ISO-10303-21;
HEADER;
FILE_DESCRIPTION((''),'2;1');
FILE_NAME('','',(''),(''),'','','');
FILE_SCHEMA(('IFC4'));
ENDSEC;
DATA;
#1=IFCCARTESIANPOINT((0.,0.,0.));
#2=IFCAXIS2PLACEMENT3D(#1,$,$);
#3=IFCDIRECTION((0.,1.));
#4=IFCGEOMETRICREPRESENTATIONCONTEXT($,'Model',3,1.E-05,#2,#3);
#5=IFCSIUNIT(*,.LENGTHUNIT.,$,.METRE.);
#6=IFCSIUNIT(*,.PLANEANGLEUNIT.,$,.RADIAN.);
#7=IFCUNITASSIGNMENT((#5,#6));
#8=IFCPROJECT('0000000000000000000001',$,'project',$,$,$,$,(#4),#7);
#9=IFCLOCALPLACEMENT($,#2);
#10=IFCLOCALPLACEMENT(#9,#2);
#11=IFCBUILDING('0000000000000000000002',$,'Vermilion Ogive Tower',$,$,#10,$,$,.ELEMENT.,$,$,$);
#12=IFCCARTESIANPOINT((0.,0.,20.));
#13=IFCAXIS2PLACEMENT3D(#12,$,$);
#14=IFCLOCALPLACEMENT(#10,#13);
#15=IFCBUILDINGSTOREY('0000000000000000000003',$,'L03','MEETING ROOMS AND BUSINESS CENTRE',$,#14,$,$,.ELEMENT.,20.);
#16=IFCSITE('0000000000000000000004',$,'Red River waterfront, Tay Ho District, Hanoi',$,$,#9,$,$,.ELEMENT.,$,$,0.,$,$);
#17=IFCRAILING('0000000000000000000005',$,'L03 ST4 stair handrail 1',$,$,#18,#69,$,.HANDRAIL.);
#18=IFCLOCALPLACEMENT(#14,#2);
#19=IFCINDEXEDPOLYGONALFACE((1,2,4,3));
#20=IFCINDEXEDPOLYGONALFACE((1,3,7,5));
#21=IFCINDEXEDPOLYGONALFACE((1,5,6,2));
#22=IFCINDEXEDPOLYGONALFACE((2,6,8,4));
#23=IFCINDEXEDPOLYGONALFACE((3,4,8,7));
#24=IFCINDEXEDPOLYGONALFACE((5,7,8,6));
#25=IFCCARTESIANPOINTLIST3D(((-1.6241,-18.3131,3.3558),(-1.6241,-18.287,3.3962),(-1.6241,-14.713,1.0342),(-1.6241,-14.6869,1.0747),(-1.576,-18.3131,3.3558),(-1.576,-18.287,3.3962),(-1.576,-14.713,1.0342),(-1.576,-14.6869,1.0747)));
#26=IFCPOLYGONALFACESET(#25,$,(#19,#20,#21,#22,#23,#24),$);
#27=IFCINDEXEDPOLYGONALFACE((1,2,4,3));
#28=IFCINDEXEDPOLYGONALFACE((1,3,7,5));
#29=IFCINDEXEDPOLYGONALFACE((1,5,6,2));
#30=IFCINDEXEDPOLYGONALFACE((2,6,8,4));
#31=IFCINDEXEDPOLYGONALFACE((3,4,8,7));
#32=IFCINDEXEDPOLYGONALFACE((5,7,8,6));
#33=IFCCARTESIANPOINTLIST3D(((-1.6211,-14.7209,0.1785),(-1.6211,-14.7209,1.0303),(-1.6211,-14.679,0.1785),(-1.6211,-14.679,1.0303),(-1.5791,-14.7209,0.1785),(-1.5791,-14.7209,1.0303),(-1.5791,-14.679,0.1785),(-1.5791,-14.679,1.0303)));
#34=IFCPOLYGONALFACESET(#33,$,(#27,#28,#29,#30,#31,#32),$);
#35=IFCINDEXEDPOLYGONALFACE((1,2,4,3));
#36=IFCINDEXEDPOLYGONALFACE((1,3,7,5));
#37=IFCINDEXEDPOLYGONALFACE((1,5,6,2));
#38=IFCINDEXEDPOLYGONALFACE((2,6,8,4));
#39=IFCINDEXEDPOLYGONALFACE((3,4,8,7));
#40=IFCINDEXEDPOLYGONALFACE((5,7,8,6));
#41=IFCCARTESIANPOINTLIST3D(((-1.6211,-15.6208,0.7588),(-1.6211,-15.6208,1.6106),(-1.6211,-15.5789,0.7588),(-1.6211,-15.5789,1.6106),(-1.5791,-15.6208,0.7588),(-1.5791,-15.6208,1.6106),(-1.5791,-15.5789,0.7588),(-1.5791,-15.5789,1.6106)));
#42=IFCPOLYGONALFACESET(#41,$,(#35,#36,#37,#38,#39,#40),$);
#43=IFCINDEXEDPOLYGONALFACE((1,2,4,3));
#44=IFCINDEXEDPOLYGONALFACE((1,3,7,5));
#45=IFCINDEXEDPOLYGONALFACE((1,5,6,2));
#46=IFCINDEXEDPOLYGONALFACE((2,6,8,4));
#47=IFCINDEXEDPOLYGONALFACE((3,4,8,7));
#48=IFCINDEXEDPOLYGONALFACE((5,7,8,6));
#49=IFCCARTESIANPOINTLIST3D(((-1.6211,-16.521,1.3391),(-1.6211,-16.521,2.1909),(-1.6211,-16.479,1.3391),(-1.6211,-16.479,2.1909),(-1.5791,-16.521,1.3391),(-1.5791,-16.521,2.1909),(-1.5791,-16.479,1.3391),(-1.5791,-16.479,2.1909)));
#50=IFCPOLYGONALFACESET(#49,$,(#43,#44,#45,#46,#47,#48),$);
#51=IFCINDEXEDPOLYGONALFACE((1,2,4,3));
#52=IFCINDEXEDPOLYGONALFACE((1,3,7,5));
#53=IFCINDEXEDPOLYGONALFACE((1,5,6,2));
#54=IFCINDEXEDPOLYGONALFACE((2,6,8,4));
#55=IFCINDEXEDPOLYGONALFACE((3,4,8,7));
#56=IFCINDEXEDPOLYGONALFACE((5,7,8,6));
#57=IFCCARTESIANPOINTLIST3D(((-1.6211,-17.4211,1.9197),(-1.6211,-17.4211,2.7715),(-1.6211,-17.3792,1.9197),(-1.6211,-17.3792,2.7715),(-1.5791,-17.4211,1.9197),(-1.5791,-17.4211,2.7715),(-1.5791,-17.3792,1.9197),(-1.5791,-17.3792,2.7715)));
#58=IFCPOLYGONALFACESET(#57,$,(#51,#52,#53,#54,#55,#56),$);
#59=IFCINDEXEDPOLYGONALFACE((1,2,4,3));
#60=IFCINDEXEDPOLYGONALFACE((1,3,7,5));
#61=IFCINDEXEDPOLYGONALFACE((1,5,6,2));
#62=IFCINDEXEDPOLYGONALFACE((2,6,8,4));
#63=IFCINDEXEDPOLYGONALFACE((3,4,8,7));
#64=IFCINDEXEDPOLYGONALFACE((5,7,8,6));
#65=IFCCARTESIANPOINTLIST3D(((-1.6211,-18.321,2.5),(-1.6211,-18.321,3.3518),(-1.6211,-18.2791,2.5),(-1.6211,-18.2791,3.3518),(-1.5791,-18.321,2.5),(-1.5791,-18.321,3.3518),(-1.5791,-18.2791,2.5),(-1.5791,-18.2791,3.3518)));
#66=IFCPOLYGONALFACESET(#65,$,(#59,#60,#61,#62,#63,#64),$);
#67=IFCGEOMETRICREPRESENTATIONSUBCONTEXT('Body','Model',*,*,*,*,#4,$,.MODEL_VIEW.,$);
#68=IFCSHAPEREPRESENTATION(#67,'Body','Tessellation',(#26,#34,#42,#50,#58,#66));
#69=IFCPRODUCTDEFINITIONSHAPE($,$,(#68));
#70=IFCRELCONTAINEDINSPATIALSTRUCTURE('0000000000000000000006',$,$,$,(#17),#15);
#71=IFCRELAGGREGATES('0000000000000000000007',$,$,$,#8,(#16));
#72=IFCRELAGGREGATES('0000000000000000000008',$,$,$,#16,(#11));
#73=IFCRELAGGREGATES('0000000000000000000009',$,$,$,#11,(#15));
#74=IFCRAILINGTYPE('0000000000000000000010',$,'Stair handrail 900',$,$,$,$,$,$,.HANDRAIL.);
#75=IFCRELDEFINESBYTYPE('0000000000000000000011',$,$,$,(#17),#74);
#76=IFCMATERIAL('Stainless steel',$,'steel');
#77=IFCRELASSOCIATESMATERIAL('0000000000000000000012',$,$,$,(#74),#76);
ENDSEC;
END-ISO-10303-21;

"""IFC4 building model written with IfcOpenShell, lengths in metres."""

from ifc_helpers import new_model, si_unit, direction, frame, origin, origin_2d, place, context, subcontext, project, spatial, rectangle, extrude, material, type_object, element, save


model = new_model("IFC4")

# Units and contexts
model_context = context("Model", 3, precision=1e-05, world=origin(), true_north=direction((0.0, 1.0)))
body_context = subcontext(model_context, "Body", "Model", "MODEL_VIEW")
ifc_project = project(units=[si_unit("LENGTHUNIT", "METRE"), si_unit("PLANEANGLEUNIT", "RADIAN")], contexts=[model_context])

# Site, building, storey
site_placement = place(None, origin())
site = spatial("IfcSite", under=ifc_project, at=site_placement, Name="Red River waterfront, Tay Ho District, Hanoi", CompositionType="ELEMENT", RefElevation=0.0)
building_placement = place(site_placement, origin())
building = spatial("IfcBuilding", under=site, at=building_placement, Name="Vermilion Ogive Tower", CompositionType="ELEMENT")
storey_placement = place(building_placement, frame((0.0, 0.0, 20.0)))
storey = spatial("IfcBuildingStorey", under=building, at=storey_placement, Name="L03", Description="MEETING ROOMS AND BUSINESS CENTRE", CompositionType="ELEMENT", Elevation=20.0)

# Railing
ifc_material_1 = material(Name="Stainless steel", Category="steel")
railing_type_1 = type_object("IfcRailingType", Name="Stair handrail 900", PredefinedType="HANDRAIL", material=ifc_material_1)
railing_1_placement = place(storey_placement, frame((-1.6001, -14.7, 0.1785)))
element("IfcRailing", 1, at=railing_1_placement, inside=storey, type_object=railing_type_1, Name="L03 ST4 stair handrail 1", PredefinedType="HANDRAIL", context=body_context, shape_type="SweptSolid", body=[
    extrude(rectangle(XDim=0.0481, YDim=0.0481, at=origin_2d()), frame((0.0, 0.0, 0.876), z_axis=(0.0, -0.840415, 0.541944), x_axis=(1.0, 0.0, 0.0)), (0.0, 0.0, 1.0), 4.2837),
    extrude(rectangle(XDim=0.042, YDim=0.042, at=origin_2d()), origin(), (0.0, 0.0, 1.0), 0.8518),
    extrude(rectangle(XDim=0.042, YDim=0.042, at=origin_2d()), frame((0.0, -0.8999, 0.5803)), (0.0, 0.0, 1.0), 0.8518),
    extrude(rectangle(XDim=0.042, YDim=0.042, at=origin_2d()), frame((0.0, -1.8, 1.1606)), (0.0, 0.0, 1.0), 0.8518),
    extrude(rectangle(XDim=0.042, YDim=0.042, at=origin_2d()), frame((0.0, -2.7002, 1.7412)), (0.0, 0.0, 1.0), 0.8518),
    extrude(rectangle(XDim=0.042, YDim=0.042, at=origin_2d()), frame((0.0, -3.6001, 2.3215)), (0.0, 0.0, 1.0), 0.8518),
])

save(model, "model.ifc")
